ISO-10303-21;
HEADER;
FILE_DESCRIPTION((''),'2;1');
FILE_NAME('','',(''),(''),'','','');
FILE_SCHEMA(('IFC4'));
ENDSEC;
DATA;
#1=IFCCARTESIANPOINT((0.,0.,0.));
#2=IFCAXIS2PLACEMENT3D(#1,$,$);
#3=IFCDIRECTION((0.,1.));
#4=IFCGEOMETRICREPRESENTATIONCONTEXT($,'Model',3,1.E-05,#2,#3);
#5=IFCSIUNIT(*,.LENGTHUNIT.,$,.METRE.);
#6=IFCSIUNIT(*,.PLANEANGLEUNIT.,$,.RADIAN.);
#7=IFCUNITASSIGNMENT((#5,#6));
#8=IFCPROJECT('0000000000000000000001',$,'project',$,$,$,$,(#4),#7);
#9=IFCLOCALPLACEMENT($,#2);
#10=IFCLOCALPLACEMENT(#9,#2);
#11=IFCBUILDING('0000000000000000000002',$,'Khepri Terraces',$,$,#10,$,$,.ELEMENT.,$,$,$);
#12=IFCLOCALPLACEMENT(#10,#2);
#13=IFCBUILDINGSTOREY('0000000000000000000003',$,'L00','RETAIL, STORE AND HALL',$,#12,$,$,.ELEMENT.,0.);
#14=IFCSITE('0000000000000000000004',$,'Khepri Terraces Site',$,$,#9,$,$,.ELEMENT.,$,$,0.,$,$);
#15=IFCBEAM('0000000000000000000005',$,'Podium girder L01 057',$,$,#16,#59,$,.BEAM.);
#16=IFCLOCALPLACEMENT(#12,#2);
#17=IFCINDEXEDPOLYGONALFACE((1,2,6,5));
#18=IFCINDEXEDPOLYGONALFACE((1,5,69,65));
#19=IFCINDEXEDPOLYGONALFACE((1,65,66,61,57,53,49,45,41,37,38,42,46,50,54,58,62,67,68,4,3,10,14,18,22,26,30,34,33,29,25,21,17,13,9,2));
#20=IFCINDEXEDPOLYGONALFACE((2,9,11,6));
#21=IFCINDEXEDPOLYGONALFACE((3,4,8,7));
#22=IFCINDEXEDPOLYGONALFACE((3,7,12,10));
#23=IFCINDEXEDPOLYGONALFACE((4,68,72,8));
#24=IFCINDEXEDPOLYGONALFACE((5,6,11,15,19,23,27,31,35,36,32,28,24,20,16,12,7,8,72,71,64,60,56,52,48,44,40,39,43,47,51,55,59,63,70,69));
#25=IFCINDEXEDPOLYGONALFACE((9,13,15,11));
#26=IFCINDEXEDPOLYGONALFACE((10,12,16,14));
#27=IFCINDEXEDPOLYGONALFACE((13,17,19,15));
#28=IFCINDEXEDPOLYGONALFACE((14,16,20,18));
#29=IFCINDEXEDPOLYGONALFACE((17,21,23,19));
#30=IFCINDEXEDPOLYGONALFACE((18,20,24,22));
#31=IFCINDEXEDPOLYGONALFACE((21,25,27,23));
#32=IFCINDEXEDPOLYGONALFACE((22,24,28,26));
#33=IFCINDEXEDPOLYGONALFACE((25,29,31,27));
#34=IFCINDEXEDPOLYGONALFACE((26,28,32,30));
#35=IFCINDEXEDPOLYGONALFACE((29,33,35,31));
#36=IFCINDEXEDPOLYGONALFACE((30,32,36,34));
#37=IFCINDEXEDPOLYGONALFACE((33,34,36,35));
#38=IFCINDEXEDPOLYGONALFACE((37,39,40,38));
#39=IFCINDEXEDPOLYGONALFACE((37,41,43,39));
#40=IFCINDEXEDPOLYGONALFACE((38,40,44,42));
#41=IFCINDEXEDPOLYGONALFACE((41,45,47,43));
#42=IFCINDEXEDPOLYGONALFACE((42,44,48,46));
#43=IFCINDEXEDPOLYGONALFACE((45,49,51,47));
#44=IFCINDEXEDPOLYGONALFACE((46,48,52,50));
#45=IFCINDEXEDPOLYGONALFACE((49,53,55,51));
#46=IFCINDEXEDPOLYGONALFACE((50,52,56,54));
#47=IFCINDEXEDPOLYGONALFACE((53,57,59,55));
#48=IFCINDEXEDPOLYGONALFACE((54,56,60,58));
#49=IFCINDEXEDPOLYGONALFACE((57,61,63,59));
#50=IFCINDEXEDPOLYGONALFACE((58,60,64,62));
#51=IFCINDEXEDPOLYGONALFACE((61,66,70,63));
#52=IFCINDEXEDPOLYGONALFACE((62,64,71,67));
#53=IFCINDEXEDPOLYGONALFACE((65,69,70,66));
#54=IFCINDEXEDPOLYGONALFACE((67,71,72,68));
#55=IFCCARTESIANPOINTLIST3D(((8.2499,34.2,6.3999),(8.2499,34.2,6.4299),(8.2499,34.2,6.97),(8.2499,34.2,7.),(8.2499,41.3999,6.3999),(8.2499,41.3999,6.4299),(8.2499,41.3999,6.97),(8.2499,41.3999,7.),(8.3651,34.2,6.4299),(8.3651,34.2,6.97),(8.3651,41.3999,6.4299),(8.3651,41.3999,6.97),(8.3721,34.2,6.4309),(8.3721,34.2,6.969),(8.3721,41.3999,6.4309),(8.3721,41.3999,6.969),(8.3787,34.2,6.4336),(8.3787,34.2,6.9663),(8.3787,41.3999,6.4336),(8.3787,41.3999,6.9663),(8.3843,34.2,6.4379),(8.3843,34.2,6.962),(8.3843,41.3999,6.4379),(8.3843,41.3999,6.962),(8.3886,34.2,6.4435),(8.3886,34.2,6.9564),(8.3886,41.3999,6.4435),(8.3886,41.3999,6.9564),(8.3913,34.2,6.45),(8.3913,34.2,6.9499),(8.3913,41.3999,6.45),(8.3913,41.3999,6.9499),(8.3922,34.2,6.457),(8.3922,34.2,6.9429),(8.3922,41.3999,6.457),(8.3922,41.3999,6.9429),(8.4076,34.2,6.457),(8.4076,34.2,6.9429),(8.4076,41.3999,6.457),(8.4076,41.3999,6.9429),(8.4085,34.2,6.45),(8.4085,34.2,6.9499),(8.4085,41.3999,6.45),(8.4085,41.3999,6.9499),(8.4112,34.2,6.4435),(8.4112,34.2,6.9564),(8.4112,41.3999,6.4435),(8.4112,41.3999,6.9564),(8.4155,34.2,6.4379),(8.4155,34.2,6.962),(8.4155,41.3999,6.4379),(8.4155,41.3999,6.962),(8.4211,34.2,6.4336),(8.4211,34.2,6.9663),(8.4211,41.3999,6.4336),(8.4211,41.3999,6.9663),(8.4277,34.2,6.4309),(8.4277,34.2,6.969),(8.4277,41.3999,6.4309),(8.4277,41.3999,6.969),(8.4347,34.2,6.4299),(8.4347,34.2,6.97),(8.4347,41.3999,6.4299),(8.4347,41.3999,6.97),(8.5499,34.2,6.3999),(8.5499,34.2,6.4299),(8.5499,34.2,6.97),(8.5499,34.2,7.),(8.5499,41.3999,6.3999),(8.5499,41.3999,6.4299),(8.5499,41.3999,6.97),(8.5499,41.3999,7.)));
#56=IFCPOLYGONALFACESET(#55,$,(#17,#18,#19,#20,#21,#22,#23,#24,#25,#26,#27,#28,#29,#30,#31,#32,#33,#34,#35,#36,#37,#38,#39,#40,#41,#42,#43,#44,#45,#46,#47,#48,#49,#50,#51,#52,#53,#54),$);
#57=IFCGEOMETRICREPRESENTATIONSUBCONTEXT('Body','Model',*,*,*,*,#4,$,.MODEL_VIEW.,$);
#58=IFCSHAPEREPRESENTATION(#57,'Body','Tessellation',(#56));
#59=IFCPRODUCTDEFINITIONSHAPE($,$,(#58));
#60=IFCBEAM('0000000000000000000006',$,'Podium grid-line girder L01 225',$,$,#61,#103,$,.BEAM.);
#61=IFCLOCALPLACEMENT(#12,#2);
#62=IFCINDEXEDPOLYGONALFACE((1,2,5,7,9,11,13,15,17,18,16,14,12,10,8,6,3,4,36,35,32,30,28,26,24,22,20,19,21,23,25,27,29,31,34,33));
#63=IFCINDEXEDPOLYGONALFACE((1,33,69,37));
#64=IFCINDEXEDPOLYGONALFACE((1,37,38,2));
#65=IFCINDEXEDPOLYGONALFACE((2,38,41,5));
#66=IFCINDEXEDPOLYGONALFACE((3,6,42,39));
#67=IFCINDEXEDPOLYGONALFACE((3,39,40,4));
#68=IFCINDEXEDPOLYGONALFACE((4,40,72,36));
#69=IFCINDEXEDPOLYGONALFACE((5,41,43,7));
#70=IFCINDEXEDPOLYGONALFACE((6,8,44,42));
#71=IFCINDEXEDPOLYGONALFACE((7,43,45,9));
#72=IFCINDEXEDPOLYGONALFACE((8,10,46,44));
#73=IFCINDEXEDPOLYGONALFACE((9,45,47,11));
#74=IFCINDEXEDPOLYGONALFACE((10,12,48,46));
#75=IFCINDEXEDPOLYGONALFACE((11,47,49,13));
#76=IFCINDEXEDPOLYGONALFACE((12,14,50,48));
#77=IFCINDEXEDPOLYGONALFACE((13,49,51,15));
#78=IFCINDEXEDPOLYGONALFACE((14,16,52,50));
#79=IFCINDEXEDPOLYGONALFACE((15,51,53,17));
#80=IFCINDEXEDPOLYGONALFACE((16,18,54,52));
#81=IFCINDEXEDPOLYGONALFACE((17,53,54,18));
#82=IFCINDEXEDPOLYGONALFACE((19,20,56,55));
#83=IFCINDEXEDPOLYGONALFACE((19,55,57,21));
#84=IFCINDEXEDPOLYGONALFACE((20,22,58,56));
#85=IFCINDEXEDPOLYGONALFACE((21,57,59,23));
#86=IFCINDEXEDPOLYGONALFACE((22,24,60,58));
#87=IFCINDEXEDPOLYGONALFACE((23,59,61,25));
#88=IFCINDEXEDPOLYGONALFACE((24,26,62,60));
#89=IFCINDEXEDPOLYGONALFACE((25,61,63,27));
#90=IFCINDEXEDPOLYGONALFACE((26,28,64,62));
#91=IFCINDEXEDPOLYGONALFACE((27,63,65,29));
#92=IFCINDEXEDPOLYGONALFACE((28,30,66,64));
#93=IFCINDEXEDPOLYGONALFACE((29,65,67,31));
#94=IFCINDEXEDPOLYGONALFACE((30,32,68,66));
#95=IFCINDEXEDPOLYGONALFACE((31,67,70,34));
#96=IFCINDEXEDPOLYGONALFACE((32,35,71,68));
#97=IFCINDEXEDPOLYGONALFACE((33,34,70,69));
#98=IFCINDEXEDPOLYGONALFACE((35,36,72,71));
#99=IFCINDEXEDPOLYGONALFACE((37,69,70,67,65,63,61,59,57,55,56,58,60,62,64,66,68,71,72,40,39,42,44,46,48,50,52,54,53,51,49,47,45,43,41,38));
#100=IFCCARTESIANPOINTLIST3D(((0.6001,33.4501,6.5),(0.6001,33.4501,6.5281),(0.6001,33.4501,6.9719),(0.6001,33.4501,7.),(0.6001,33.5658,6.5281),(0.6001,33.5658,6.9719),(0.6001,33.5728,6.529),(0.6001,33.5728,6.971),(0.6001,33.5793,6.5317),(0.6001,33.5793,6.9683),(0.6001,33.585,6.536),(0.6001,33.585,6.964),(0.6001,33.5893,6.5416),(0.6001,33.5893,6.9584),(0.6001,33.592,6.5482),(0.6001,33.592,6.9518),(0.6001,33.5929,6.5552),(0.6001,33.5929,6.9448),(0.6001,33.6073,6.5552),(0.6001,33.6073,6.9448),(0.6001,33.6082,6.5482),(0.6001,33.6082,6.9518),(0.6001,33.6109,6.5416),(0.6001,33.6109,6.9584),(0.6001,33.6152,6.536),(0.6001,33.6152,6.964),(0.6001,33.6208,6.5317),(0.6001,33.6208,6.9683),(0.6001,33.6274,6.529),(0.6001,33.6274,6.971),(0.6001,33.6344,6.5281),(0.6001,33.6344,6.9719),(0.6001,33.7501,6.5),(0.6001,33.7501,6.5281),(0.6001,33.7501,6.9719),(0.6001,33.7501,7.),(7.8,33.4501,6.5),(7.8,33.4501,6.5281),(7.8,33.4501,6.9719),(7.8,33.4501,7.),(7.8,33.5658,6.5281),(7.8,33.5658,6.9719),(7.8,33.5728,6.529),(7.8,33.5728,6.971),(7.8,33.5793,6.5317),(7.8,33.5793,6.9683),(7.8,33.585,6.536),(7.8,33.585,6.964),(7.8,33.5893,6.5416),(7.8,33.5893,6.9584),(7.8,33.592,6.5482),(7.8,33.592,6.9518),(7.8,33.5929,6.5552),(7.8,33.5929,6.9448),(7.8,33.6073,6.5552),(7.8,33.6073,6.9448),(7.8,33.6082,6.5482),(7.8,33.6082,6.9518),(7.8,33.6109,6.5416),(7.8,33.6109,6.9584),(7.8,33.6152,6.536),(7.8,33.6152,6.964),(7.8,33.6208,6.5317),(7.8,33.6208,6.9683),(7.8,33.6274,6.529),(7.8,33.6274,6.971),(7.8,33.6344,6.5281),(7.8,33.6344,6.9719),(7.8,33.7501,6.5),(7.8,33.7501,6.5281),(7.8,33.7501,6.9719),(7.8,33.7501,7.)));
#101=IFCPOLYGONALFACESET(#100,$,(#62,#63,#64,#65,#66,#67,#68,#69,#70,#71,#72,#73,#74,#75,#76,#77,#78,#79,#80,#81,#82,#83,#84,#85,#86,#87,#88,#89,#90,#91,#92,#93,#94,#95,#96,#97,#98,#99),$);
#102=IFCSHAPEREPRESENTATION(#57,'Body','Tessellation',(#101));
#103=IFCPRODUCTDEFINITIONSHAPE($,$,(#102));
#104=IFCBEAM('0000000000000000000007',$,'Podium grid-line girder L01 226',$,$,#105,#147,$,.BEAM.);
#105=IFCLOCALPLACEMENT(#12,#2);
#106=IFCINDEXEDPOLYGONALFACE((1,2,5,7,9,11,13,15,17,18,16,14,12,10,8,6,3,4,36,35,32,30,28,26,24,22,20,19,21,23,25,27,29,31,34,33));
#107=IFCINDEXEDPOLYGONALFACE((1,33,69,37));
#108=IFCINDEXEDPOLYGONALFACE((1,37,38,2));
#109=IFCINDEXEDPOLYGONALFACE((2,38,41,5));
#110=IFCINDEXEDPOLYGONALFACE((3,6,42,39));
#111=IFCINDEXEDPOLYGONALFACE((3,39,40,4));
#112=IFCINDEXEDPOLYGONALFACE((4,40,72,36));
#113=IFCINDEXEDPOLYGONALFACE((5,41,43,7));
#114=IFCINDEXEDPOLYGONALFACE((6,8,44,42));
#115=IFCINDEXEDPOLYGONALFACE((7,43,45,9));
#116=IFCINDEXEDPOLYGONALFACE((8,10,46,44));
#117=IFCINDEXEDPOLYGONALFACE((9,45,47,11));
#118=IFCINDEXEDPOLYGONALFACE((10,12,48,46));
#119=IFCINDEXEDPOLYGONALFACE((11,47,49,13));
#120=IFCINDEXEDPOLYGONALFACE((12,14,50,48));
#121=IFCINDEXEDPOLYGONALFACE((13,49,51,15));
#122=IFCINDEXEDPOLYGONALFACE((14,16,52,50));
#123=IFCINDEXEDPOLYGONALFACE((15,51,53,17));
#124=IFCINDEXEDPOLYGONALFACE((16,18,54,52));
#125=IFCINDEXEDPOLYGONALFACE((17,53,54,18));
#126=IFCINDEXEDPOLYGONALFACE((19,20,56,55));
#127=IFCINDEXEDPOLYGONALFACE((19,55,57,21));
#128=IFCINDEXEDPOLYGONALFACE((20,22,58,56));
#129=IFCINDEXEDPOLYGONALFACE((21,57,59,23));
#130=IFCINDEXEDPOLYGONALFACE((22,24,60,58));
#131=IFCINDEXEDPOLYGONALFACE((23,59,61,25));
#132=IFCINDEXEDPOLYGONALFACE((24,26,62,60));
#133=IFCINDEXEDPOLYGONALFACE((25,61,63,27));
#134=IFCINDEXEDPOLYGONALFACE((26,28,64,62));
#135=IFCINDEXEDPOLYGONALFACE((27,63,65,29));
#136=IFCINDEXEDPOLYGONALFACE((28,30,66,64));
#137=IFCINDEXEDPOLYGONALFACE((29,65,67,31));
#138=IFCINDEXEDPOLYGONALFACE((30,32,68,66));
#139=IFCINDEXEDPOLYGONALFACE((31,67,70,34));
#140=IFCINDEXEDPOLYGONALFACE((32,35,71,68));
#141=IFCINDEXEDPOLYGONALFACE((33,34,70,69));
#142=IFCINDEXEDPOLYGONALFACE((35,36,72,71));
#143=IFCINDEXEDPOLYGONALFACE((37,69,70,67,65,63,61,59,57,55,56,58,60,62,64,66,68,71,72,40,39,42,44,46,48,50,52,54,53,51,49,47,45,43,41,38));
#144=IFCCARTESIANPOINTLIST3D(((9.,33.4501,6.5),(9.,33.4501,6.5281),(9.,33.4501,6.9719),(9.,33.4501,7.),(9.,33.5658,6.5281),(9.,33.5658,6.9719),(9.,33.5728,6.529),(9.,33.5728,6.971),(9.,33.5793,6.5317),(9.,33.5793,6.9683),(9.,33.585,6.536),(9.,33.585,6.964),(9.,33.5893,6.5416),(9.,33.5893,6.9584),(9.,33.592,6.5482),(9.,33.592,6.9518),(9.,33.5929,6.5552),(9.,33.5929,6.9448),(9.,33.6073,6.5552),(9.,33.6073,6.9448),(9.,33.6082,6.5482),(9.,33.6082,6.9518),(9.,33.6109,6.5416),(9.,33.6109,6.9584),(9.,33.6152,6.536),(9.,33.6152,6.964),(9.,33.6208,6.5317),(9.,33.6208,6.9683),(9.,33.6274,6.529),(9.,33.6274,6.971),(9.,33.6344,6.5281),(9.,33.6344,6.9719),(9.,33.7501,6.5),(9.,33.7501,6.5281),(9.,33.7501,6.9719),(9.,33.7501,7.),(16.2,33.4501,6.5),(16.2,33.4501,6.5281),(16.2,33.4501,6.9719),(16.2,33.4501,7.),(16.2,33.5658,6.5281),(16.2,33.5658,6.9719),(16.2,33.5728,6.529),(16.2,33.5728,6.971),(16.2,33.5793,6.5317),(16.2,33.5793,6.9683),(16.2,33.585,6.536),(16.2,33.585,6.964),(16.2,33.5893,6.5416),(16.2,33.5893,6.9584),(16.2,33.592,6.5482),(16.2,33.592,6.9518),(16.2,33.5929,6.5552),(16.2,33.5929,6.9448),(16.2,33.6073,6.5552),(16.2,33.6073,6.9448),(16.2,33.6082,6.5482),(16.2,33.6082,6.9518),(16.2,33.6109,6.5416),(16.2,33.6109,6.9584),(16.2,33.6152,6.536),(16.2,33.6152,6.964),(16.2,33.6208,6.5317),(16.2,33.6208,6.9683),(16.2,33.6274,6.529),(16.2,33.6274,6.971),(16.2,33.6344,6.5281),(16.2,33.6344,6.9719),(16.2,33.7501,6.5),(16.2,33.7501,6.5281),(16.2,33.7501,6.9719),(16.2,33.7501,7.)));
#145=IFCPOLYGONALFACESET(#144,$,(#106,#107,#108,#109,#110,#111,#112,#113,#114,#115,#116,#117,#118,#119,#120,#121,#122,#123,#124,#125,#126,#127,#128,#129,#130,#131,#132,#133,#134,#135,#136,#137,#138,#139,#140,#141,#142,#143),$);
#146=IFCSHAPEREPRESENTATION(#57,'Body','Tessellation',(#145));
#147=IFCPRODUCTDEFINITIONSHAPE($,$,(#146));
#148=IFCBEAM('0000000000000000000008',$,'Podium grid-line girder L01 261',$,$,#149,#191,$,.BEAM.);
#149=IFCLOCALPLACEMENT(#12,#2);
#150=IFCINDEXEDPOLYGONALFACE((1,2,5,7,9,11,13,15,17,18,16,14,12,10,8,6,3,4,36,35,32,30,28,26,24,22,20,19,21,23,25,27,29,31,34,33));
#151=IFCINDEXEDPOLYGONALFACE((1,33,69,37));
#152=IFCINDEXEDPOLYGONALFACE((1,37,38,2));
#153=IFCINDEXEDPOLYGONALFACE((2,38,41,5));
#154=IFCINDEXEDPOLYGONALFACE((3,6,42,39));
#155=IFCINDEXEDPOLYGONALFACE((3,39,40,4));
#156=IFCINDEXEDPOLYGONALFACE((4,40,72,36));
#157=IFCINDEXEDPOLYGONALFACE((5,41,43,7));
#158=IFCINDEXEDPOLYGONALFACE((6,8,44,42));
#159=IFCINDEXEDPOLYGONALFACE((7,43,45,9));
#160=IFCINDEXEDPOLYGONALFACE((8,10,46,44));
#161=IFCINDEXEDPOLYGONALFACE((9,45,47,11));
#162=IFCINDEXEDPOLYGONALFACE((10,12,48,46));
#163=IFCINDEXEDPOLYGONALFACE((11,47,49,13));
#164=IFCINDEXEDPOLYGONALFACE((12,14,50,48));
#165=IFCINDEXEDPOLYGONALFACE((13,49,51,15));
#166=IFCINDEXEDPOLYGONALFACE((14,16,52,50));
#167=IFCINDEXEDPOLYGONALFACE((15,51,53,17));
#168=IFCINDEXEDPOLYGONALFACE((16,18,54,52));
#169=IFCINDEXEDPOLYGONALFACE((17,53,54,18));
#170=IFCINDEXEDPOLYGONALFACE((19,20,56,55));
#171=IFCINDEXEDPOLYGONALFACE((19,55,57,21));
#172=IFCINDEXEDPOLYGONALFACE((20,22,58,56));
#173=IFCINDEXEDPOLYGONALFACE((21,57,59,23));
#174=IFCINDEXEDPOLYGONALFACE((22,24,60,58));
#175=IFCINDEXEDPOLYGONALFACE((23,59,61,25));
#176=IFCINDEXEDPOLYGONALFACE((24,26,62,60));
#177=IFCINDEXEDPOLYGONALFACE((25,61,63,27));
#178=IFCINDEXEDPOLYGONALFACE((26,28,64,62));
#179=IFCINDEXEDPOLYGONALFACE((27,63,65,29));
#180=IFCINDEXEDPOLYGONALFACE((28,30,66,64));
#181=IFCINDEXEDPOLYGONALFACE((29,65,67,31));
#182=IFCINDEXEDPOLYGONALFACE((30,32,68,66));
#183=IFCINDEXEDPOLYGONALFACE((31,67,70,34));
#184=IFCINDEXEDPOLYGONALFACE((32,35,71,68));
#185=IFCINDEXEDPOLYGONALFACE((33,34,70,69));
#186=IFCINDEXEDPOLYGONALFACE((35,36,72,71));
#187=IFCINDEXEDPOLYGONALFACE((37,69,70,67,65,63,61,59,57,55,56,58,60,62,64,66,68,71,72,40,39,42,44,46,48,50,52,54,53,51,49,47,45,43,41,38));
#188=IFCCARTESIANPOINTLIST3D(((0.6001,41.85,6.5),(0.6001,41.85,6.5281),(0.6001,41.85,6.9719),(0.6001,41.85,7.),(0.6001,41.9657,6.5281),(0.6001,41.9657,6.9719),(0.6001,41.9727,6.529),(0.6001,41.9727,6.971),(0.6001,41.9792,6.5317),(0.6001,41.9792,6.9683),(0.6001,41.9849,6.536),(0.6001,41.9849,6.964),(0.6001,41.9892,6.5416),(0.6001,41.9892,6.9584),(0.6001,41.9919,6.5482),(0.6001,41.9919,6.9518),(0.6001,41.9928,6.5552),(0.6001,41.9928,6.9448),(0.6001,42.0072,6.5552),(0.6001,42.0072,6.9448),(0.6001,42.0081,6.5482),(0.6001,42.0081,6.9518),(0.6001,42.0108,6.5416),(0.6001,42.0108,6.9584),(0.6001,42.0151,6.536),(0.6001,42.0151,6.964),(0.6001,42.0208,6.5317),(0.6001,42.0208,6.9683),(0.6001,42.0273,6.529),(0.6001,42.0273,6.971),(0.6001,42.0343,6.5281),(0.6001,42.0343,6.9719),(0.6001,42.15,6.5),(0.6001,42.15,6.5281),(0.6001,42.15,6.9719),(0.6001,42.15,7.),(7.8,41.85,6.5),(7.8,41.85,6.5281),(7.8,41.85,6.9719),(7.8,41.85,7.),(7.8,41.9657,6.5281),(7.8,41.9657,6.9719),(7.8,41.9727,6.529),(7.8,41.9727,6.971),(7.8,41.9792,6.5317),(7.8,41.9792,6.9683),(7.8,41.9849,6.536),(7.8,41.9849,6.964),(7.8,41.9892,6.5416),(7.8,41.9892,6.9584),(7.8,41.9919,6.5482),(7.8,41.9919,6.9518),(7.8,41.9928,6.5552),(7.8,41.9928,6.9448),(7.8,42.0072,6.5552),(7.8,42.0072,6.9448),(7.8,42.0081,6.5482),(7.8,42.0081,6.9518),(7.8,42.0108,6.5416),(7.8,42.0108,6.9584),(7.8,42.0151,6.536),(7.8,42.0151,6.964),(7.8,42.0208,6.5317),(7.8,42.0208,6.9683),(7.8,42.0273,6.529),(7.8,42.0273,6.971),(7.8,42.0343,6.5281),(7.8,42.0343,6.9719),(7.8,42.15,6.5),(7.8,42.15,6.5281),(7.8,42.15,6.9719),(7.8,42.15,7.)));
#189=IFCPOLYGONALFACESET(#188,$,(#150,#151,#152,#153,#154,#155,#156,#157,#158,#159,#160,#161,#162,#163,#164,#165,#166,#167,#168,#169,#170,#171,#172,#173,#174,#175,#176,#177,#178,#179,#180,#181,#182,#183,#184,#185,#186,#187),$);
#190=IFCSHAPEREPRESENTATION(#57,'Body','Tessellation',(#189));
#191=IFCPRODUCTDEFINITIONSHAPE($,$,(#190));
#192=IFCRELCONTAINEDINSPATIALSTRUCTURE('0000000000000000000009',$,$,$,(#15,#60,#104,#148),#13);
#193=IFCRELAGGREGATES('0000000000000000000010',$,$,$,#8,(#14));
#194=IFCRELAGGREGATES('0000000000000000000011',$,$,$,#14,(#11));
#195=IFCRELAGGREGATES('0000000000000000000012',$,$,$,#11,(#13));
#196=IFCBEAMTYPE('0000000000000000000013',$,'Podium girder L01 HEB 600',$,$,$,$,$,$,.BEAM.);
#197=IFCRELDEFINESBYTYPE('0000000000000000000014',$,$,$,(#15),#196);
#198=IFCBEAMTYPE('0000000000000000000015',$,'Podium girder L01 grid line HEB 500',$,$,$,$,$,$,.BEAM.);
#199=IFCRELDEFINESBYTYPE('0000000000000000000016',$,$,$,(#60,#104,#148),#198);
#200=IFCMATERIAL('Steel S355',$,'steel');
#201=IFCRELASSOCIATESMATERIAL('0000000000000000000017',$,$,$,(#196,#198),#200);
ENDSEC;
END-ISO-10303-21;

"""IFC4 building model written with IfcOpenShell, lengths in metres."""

from ifc_helpers import new_model, si_unit, direction, frame, origin, origin_2d, place, context, subcontext, project, spatial, i_section, extrude, material, material_profile, profile_set, type_object, element, save


model = new_model("IFC4")

# Units and contexts
model_context = context("Model", 3, precision=1e-05, world=origin(), true_north=direction((0.0, 1.0)))
body_context = subcontext(model_context, "Body", "Model", "MODEL_VIEW")
ifc_project = project(units=[si_unit("LENGTHUNIT", "METRE"), si_unit("PLANEANGLEUNIT", "RADIAN")], contexts=[model_context])

# Site, building, storey
site_placement = place(None, origin())
site = spatial("IfcSite", under=ifc_project, at=site_placement, Name="Khepri Terraces Site", CompositionType="ELEMENT", RefElevation=0.0)
building_placement = place(site_placement, origin())
building = spatial("IfcBuilding", under=site, at=building_placement, Name="Khepri Terraces", CompositionType="ELEMENT")
storey_placement = place(building_placement, origin())
storey = spatial("IfcBuildingStorey", under=building, at=storey_placement, Name="L00", Description="RETAIL, STORE AND HALL", CompositionType="ELEMENT", Elevation=0.0)

# Beams
ifc_material_1 = material(Name="Steel S355", Category="steel")
ifc_material_profile_1 = material_profile(ifc_material_1, i_section(OverallWidth=0.3, OverallDepth=0.6001, WebThickness=0.0154, FlangeThickness=0.03, FilletRadius=0.0271, at=origin_2d()), Name="Steel S355", Category="steel")
ifc_profile_set_1 = profile_set([ifc_material_profile_1], Name="Steel S355")
beam_type_1 = type_object("IfcBeamType", Name="Podium girder L01 HEB 600", PredefinedType="BEAM", material=ifc_profile_set_1)
for number, where, z_axis, x_axis, name in (
    (1, (8.3999, 34.2, 6.7), (0.0, 1.0, 0.0), (-1.0, 0.0, 0.0), "Podium girder L01 057"),
):
    element("IfcBeam", number, at=place(storey_placement, frame(where, z_axis=z_axis, x_axis=x_axis)), inside=storey, type_object=beam_type_1, Name=name, PredefinedType="BEAM", context=body_context, shape_type="SweptSolid", body=[
        extrude(i_section(OverallWidth=0.3, OverallDepth=0.6001, WebThickness=0.0154, FlangeThickness=0.03, FilletRadius=0.0271, at=origin_2d()), origin(), (0.0, 0.0, 1.0), 7.2),
    ])
ifc_material_profile_2 = material_profile(ifc_material_1, i_section(OverallWidth=0.3, OverallDepth=0.5, WebThickness=0.0144, FlangeThickness=0.0281, FilletRadius=0.0271, at=origin_2d()), Name="Steel S355", Category="steel")
ifc_profile_set_2 = profile_set([ifc_material_profile_2], Name="Steel S355")
beam_type_2 = type_object("IfcBeamType", Name="Podium girder L01 grid line HEB 500", PredefinedType="BEAM", material=ifc_profile_set_2)
for number, where, z_axis, x_axis, name in (
    (2, (0.6001, 33.6001, 6.75), (1.0, 0.0, 0.0), (0.0, 1.0, 0.0), "Podium grid-line girder L01 225"),
    (3, (9.0, 33.6001, 6.75), (1.0, 0.0, 0.0), (0.0, 1.0, 0.0), "Podium grid-line girder L01 226"),
    (4, (0.6001, 42.0, 6.75), (1.0, 0.0, 0.0), (0.0, 1.0, 0.0), "Podium grid-line girder L01 261"),
):
    element("IfcBeam", number, at=place(storey_placement, frame(where, z_axis=z_axis, x_axis=x_axis)), inside=storey, type_object=beam_type_2, Name=name, PredefinedType="BEAM", context=body_context, shape_type="SweptSolid", body=[
        extrude(i_section(OverallWidth=0.3, OverallDepth=0.5, WebThickness=0.0144, FlangeThickness=0.0281, FilletRadius=0.0271, at=origin_2d()), origin(), (0.0, 0.0, 1.0), 7.2),
    ])

save(model, "model.ifc")
